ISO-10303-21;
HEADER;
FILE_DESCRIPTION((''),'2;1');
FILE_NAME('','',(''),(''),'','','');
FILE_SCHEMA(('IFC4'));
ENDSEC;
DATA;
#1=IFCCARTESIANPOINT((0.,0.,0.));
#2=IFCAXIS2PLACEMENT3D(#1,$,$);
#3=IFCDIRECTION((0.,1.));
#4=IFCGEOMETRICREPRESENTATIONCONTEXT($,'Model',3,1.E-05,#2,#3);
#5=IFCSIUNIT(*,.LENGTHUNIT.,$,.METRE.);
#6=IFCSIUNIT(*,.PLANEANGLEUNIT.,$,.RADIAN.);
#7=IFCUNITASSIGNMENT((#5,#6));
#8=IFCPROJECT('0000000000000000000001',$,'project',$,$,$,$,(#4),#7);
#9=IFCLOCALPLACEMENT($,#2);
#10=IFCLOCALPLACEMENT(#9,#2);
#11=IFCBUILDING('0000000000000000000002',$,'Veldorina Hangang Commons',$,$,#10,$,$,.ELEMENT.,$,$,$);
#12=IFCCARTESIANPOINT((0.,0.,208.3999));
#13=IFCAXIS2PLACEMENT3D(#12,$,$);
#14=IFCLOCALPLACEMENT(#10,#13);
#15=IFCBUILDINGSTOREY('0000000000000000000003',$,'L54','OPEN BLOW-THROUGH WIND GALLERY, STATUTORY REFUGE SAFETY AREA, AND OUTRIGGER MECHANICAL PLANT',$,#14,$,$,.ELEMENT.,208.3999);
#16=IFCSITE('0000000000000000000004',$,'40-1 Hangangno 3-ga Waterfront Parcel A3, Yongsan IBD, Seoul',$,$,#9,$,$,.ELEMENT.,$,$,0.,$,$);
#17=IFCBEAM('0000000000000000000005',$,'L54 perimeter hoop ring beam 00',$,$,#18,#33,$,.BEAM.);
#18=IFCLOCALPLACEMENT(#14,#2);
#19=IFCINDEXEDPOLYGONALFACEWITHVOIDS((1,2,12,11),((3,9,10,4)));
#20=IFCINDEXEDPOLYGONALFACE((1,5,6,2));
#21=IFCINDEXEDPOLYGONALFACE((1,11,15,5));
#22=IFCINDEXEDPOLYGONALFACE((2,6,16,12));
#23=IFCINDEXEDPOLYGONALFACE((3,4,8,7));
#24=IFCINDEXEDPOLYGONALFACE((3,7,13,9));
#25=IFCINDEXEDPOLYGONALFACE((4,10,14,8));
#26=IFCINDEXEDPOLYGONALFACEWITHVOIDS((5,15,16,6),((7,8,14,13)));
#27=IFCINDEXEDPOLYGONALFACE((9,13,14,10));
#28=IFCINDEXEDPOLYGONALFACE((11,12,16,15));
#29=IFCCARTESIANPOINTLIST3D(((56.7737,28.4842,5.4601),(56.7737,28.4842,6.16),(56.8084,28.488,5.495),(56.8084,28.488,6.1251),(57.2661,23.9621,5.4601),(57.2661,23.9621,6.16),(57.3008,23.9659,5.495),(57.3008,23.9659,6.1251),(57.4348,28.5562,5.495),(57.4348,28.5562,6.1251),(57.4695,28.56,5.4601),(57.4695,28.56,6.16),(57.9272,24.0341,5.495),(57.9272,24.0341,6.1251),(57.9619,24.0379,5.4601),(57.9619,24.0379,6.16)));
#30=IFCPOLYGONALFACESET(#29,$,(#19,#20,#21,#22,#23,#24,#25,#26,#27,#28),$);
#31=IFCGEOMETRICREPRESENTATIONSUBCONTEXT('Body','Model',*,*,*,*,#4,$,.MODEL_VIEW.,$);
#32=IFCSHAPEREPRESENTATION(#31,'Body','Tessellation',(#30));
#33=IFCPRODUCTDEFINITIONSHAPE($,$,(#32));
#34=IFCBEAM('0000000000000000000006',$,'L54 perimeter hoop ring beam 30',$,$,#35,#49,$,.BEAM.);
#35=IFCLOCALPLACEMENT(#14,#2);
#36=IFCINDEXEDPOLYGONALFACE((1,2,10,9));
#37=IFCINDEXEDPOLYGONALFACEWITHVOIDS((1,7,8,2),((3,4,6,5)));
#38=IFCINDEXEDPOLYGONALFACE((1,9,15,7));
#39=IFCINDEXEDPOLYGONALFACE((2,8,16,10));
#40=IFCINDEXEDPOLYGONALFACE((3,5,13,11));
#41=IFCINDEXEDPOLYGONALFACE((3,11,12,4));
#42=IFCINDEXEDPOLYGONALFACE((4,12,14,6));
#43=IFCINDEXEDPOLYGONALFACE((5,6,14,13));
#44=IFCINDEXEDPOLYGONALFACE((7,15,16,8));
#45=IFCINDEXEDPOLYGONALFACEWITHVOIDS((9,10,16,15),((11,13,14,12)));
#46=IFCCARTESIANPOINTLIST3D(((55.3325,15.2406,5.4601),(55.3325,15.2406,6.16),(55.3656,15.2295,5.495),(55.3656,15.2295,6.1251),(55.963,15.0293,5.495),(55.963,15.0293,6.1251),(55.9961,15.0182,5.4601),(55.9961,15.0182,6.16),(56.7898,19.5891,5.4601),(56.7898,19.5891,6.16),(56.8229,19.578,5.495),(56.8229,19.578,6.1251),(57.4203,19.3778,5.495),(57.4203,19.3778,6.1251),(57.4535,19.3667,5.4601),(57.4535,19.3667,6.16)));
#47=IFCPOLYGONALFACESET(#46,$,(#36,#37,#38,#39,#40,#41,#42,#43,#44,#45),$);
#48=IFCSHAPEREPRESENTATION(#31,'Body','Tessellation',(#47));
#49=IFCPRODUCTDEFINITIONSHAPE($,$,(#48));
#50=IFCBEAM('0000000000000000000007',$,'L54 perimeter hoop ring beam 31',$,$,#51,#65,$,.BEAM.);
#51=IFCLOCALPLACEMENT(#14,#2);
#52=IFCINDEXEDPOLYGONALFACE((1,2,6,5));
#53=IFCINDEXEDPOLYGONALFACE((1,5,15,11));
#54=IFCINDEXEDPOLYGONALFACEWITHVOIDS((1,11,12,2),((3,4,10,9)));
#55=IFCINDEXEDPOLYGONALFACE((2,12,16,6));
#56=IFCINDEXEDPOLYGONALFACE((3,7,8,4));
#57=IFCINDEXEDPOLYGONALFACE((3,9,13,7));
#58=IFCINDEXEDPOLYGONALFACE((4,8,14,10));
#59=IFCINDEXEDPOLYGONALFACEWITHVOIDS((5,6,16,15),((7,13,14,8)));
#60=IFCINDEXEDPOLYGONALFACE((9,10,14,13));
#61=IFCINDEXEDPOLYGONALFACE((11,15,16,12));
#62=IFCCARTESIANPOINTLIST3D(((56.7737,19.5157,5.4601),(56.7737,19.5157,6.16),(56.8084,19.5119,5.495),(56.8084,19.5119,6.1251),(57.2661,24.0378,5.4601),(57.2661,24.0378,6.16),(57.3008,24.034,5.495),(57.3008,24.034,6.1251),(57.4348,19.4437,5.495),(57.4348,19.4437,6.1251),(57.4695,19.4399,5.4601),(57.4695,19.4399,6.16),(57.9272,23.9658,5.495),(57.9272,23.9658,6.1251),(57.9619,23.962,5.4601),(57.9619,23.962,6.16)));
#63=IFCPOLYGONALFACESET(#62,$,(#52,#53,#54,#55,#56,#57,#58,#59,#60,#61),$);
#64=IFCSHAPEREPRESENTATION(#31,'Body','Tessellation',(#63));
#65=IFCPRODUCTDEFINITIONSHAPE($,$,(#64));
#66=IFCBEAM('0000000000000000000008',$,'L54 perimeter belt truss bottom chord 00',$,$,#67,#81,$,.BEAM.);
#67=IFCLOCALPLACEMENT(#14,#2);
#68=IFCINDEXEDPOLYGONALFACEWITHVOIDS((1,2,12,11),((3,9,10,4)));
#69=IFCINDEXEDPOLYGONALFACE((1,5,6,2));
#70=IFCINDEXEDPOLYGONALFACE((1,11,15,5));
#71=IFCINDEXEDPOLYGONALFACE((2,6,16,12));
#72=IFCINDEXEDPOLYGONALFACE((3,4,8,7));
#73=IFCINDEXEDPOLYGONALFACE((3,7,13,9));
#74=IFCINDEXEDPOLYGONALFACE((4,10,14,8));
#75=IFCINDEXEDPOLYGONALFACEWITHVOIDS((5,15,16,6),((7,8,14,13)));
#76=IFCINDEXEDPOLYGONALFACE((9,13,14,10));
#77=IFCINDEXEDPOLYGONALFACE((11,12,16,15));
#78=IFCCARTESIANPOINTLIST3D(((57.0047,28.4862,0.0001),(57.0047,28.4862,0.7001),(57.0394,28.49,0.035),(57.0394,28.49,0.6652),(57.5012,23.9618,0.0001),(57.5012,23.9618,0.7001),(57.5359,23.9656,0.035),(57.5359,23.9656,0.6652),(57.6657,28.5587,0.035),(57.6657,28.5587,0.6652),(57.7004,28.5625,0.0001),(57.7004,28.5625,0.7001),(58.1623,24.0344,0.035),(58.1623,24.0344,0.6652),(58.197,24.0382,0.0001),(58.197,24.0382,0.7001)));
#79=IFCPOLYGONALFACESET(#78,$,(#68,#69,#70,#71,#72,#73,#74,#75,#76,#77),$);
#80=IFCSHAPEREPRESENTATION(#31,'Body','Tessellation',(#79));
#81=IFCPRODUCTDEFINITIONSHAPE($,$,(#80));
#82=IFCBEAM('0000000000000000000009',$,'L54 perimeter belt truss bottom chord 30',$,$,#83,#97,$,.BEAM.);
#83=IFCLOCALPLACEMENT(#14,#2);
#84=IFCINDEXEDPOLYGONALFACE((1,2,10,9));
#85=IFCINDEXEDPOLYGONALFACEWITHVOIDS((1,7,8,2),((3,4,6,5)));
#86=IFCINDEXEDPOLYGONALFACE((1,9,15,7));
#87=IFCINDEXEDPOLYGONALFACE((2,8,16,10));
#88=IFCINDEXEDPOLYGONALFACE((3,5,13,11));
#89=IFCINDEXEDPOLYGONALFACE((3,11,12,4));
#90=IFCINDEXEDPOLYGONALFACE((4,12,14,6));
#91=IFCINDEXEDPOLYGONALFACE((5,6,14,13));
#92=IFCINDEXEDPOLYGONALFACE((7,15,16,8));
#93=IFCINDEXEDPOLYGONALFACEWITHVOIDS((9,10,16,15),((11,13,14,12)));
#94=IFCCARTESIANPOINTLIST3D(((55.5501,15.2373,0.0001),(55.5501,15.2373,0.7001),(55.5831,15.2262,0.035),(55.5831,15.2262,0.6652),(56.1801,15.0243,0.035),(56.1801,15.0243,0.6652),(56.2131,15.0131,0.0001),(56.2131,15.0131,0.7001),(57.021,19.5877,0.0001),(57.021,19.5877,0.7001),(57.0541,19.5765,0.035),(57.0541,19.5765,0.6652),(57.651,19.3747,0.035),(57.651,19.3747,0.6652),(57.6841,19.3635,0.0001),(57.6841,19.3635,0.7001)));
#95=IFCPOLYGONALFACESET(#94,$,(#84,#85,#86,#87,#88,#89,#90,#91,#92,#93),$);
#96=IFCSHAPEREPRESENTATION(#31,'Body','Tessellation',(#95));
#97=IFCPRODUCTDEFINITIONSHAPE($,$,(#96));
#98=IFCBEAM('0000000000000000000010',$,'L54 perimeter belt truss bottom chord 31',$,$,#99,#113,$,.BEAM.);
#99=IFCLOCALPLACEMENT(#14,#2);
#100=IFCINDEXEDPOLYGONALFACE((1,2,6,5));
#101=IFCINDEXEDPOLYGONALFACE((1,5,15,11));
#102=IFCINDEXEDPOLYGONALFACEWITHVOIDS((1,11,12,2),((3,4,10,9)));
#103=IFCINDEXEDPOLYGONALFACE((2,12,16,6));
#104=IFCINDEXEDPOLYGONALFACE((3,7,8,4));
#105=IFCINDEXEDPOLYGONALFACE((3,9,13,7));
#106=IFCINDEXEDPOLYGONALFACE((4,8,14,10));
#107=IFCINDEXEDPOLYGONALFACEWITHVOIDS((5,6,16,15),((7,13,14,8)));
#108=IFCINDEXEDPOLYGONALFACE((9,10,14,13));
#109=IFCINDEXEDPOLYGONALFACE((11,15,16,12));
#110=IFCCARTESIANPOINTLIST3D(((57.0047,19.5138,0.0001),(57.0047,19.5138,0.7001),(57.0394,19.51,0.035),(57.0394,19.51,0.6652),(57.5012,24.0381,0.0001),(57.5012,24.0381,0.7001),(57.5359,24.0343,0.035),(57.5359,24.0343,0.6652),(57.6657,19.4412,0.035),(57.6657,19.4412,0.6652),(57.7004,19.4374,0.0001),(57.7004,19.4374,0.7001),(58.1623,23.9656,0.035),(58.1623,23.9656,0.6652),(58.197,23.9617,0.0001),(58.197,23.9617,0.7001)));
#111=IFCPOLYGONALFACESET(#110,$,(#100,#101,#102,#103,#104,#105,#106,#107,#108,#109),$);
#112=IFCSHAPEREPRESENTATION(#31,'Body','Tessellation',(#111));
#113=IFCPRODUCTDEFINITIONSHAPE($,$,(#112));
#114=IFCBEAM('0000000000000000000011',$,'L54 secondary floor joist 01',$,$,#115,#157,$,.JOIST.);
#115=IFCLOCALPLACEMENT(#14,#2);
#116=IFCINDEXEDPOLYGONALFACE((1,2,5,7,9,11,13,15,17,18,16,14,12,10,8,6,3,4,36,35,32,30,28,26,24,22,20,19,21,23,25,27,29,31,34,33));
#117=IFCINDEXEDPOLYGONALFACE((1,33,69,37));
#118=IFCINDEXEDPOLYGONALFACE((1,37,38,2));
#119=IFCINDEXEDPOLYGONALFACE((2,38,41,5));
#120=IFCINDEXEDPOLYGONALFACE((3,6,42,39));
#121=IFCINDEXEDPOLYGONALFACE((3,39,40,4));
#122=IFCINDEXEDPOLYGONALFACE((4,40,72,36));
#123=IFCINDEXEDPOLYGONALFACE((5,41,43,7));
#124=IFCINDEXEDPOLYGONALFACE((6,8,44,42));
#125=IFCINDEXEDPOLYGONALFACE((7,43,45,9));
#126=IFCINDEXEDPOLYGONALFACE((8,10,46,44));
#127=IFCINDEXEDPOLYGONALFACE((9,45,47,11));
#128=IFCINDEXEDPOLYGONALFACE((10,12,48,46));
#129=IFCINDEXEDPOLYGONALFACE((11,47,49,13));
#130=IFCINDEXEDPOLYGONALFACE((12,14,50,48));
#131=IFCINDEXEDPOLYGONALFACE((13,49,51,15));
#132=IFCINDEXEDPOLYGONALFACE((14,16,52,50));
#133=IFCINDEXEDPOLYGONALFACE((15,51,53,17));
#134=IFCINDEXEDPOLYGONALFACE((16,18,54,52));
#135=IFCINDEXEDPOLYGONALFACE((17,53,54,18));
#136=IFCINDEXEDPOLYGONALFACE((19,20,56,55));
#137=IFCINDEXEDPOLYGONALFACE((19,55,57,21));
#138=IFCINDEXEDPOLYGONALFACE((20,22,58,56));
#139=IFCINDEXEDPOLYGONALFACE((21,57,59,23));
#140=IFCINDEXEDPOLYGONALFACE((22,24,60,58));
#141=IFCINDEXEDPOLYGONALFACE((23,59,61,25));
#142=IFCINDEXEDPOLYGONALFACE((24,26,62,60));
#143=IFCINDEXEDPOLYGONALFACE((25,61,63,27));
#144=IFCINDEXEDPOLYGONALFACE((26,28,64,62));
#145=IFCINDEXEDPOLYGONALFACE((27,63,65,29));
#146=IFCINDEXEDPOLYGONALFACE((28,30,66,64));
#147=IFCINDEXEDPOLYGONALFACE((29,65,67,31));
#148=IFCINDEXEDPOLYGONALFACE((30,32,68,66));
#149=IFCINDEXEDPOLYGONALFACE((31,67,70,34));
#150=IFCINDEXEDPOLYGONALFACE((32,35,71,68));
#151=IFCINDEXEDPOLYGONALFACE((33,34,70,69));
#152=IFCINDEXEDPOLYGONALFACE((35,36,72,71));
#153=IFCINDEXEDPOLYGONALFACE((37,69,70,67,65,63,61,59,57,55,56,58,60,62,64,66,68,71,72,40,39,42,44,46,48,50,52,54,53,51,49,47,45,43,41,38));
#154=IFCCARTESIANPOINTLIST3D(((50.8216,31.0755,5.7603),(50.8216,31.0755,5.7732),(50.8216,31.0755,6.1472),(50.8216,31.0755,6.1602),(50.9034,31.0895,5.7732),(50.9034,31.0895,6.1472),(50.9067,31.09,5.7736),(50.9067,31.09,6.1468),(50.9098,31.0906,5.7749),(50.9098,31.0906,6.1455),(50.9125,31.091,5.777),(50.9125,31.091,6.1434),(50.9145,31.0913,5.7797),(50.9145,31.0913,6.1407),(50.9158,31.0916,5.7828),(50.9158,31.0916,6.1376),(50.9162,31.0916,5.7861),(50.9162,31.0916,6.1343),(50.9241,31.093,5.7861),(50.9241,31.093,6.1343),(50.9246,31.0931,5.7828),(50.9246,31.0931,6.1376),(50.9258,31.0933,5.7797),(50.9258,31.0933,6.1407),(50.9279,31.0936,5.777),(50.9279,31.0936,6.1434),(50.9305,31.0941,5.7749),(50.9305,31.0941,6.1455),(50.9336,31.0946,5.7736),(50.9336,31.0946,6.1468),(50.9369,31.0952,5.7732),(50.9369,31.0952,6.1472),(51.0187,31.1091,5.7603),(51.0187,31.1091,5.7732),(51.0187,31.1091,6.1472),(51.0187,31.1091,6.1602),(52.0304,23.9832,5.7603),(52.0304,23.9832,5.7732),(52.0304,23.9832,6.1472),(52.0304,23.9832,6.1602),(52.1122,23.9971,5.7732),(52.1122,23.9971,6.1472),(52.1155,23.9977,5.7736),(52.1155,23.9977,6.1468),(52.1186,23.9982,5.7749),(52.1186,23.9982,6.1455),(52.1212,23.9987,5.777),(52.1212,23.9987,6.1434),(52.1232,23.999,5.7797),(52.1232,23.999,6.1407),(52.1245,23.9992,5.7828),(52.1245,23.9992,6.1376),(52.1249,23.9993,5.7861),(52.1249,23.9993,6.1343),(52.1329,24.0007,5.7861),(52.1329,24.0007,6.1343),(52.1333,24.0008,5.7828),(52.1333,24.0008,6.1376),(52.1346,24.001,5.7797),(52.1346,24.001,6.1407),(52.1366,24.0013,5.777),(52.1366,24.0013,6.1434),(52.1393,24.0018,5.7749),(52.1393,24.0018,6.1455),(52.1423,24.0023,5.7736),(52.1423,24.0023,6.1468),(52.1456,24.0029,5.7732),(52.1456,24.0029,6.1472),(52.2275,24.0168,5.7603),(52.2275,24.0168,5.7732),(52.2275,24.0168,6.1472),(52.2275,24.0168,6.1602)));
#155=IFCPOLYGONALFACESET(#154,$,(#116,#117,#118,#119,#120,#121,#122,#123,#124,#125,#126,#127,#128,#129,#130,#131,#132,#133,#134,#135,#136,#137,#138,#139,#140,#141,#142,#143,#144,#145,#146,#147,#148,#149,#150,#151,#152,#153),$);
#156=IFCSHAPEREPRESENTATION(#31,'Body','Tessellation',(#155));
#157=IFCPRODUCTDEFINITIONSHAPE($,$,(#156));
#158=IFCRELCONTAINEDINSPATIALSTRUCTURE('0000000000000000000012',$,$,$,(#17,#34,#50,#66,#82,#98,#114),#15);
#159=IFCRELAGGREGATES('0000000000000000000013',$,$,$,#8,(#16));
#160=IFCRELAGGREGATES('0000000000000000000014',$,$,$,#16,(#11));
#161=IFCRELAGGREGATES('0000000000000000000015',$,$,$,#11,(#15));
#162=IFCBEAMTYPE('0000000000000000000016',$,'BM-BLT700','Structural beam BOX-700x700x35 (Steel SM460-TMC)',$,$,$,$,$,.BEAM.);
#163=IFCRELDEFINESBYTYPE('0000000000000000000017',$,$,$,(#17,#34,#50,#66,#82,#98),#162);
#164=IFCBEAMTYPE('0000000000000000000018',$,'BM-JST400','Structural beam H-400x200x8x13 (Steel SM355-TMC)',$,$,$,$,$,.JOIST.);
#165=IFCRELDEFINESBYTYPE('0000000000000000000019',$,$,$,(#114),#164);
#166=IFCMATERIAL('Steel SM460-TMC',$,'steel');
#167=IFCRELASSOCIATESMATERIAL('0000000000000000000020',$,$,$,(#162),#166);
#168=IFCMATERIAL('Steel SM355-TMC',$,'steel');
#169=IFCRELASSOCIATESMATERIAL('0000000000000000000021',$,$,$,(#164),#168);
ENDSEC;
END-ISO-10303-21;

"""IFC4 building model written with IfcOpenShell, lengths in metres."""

from ifc_helpers import new_model, si_unit, direction, frame, origin, origin_2d, place, context, subcontext, project, spatial, hollow_rectangle, i_section, extrude, material, material_profile, profile_set, type_object, element, save


model = new_model("IFC4")

# Units and contexts
model_context = context("Model", 3, precision=1e-05, world=origin(), true_north=direction((0.0, 1.0)))
body_context = subcontext(model_context, "Body", "Model", "MODEL_VIEW")
ifc_project = project(units=[si_unit("LENGTHUNIT", "METRE"), si_unit("PLANEANGLEUNIT", "RADIAN")], contexts=[model_context])

# Site, building, storey
site_placement = place(None, origin())
site = spatial("IfcSite", under=ifc_project, at=site_placement, Name="40-1 Hangangno 3-ga Waterfront Parcel A3, Yongsan IBD, Seoul", CompositionType="ELEMENT", RefElevation=0.0)
building_placement = place(site_placement, origin())
building = spatial("IfcBuilding", under=site, at=building_placement, Name="Veldorina Hangang Commons", CompositionType="ELEMENT")
storey_placement = place(building_placement, frame((0.0, 0.0, 208.3999)))
storey = spatial("IfcBuildingStorey", under=building, at=storey_placement, Name="L54", Description="OPEN BLOW-THROUGH WIND GALLERY, STATUTORY REFUGE SAFETY AREA, AND OUTRIGGER MECHANICAL PLANT", CompositionType="ELEMENT", Elevation=208.3999)

# Beams
ifc_material_1 = material(Name="Steel SM460-TMC", Category="steel")
ifc_material_profile_1 = material_profile(ifc_material_1, hollow_rectangle(XDim=0.7, YDim=0.7, WallThickness=0.0349, at=origin_2d()), Name="BOX-700x700x35")
ifc_profile_set_1 = profile_set([ifc_material_profile_1], Name="Steel SM460-TMC")
beam_type_1 = type_object("IfcBeamType", Name="BM-BLT700", Description="Structural beam BOX-700x700x35 (Steel SM460-TMC)", PredefinedType="BEAM", material=ifc_profile_set_1)
beam_1_placement = place(storey_placement, frame((57.614, 24.0, 5.8101), z_axis=(-0.108252, 0.994124, 0.0), x_axis=(-0.994124, -0.108252, 0.0)))
element("IfcBeam", 1, at=beam_1_placement, inside=storey, type_object=beam_type_1, Name="L54 perimeter hoop ring beam 00", PredefinedType="BEAM", context=body_context, shape_type="SweptSolid", body=[
    extrude(hollow_rectangle(XDim=0.7, YDim=0.7, WallThickness=0.0349, at=origin_2d()), origin(), (0.0, 0.0, 1.0), 4.5488),
])
beam_2_placement = place(storey_placement, frame((55.6643, 15.1294, 5.8101), z_axis=(0.317761, 0.948171, 0.0), x_axis=(-0.948171, 0.317761, 0.0)))
element("IfcBeam", 2, at=beam_2_placement, inside=storey, type_object=beam_type_1, Name="L54 perimeter hoop ring beam 30", PredefinedType="BEAM", context=body_context, shape_type="SweptSolid", body=[
    extrude(hollow_rectangle(XDim=0.7, YDim=0.7, WallThickness=0.0349, at=origin_2d()), origin(), (0.0, 0.0, 1.0), 4.5862),
])
beam_3_placement = place(storey_placement, frame((57.1216, 19.4778, 5.8101), z_axis=(0.108252, 0.994124, 0.0), x_axis=(-0.994124, 0.108252, 0.0)))
element("IfcBeam", 3, at=beam_3_placement, inside=storey, type_object=beam_type_1, Name="L54 perimeter hoop ring beam 31", PredefinedType="BEAM", context=body_context, shape_type="SweptSolid", body=[
    extrude(hollow_rectangle(XDim=0.7, YDim=0.7, WallThickness=0.0349, at=origin_2d()), origin(), (0.0, 0.0, 1.0), 4.5488),
])
beam_4_placement = place(storey_placement, frame((57.8491, 24.0, 0.3501), z_axis=(-0.109101, 0.994031, 0.0), x_axis=(-0.994031, -0.109101, 0.0)))
element("IfcBeam", 4, at=beam_4_placement, inside=storey, type_object=beam_type_1, Name="L54 perimeter belt truss bottom chord 00", PredefinedType="BEAM", context=body_context, shape_type="SweptSolid", body=[
    extrude(hollow_rectangle(XDim=0.7, YDim=0.7, WallThickness=0.0349, at=origin_2d()), origin(), (0.0, 0.0, 1.0), 4.5515),
])
beam_5_placement = place(storey_placement, frame((55.8816, 15.1252, 0.3501), z_axis=(0.320308, 0.947314, 0.0), x_axis=(-0.947314, 0.320308, 0.0)))
element("IfcBeam", 5, at=beam_5_placement, inside=storey, type_object=beam_type_1, Name="L54 perimeter belt truss bottom chord 30", PredefinedType="BEAM", context=body_context, shape_type="SweptSolid", body=[
    extrude(hollow_rectangle(XDim=0.7, YDim=0.7, WallThickness=0.0349, at=origin_2d()), origin(), (0.0, 0.0, 1.0), 4.5923),
])
beam_6_placement = place(storey_placement, frame((57.3525, 19.4756, 0.3501), z_axis=(0.109101, 0.994031, 0.0), x_axis=(-0.994031, 0.109101, 0.0)))
element("IfcBeam", 6, at=beam_6_placement, inside=storey, type_object=beam_type_1, Name="L54 perimeter belt truss bottom chord 31", PredefinedType="BEAM", context=body_context, shape_type="SweptSolid", body=[
    extrude(hollow_rectangle(XDim=0.7, YDim=0.7, WallThickness=0.0349, at=origin_2d()), origin(), (0.0, 0.0, 1.0), 4.5515),
])
ifc_material_2 = material(Name="Steel SM355-TMC", Category="steel")
ifc_material_profile_2 = material_profile(ifc_material_2, i_section(OverallWidth=0.2, OverallDepth=0.3999, WebThickness=0.0081, FlangeThickness=0.0129, FilletRadius=0.0129, at=origin_2d()), Name="H-400x200x8x13")
ifc_profile_set_2 = profile_set([ifc_material_profile_2], Name="Steel SM355-TMC")
beam_type_2 = type_object("IfcBeamType", Name="BM-JST400", Description="Structural beam H-400x200x8x13 (Steel SM355-TMC)", PredefinedType="JOIST", material=ifc_profile_set_2)
beam_7_placement = place(storey_placement, frame((52.1289, 24.0, 5.9602), z_axis=(-0.168008, 0.985786, 0.0), x_axis=(-0.985786, -0.168008, 0.0)))
element("IfcBeam", 7, at=beam_7_placement, inside=storey, type_object=beam_type_2, Name="L54 secondary floor joist 01", PredefinedType="JOIST", context=body_context, shape_type="SweptSolid", body=[
    extrude(i_section(OverallWidth=0.2, OverallDepth=0.3999, WebThickness=0.0081, FlangeThickness=0.0129, FilletRadius=0.0129, at=origin_2d()), origin(), (0.0, 0.0, 1.0), 7.1946),
])

save(model, "model.ifc")
